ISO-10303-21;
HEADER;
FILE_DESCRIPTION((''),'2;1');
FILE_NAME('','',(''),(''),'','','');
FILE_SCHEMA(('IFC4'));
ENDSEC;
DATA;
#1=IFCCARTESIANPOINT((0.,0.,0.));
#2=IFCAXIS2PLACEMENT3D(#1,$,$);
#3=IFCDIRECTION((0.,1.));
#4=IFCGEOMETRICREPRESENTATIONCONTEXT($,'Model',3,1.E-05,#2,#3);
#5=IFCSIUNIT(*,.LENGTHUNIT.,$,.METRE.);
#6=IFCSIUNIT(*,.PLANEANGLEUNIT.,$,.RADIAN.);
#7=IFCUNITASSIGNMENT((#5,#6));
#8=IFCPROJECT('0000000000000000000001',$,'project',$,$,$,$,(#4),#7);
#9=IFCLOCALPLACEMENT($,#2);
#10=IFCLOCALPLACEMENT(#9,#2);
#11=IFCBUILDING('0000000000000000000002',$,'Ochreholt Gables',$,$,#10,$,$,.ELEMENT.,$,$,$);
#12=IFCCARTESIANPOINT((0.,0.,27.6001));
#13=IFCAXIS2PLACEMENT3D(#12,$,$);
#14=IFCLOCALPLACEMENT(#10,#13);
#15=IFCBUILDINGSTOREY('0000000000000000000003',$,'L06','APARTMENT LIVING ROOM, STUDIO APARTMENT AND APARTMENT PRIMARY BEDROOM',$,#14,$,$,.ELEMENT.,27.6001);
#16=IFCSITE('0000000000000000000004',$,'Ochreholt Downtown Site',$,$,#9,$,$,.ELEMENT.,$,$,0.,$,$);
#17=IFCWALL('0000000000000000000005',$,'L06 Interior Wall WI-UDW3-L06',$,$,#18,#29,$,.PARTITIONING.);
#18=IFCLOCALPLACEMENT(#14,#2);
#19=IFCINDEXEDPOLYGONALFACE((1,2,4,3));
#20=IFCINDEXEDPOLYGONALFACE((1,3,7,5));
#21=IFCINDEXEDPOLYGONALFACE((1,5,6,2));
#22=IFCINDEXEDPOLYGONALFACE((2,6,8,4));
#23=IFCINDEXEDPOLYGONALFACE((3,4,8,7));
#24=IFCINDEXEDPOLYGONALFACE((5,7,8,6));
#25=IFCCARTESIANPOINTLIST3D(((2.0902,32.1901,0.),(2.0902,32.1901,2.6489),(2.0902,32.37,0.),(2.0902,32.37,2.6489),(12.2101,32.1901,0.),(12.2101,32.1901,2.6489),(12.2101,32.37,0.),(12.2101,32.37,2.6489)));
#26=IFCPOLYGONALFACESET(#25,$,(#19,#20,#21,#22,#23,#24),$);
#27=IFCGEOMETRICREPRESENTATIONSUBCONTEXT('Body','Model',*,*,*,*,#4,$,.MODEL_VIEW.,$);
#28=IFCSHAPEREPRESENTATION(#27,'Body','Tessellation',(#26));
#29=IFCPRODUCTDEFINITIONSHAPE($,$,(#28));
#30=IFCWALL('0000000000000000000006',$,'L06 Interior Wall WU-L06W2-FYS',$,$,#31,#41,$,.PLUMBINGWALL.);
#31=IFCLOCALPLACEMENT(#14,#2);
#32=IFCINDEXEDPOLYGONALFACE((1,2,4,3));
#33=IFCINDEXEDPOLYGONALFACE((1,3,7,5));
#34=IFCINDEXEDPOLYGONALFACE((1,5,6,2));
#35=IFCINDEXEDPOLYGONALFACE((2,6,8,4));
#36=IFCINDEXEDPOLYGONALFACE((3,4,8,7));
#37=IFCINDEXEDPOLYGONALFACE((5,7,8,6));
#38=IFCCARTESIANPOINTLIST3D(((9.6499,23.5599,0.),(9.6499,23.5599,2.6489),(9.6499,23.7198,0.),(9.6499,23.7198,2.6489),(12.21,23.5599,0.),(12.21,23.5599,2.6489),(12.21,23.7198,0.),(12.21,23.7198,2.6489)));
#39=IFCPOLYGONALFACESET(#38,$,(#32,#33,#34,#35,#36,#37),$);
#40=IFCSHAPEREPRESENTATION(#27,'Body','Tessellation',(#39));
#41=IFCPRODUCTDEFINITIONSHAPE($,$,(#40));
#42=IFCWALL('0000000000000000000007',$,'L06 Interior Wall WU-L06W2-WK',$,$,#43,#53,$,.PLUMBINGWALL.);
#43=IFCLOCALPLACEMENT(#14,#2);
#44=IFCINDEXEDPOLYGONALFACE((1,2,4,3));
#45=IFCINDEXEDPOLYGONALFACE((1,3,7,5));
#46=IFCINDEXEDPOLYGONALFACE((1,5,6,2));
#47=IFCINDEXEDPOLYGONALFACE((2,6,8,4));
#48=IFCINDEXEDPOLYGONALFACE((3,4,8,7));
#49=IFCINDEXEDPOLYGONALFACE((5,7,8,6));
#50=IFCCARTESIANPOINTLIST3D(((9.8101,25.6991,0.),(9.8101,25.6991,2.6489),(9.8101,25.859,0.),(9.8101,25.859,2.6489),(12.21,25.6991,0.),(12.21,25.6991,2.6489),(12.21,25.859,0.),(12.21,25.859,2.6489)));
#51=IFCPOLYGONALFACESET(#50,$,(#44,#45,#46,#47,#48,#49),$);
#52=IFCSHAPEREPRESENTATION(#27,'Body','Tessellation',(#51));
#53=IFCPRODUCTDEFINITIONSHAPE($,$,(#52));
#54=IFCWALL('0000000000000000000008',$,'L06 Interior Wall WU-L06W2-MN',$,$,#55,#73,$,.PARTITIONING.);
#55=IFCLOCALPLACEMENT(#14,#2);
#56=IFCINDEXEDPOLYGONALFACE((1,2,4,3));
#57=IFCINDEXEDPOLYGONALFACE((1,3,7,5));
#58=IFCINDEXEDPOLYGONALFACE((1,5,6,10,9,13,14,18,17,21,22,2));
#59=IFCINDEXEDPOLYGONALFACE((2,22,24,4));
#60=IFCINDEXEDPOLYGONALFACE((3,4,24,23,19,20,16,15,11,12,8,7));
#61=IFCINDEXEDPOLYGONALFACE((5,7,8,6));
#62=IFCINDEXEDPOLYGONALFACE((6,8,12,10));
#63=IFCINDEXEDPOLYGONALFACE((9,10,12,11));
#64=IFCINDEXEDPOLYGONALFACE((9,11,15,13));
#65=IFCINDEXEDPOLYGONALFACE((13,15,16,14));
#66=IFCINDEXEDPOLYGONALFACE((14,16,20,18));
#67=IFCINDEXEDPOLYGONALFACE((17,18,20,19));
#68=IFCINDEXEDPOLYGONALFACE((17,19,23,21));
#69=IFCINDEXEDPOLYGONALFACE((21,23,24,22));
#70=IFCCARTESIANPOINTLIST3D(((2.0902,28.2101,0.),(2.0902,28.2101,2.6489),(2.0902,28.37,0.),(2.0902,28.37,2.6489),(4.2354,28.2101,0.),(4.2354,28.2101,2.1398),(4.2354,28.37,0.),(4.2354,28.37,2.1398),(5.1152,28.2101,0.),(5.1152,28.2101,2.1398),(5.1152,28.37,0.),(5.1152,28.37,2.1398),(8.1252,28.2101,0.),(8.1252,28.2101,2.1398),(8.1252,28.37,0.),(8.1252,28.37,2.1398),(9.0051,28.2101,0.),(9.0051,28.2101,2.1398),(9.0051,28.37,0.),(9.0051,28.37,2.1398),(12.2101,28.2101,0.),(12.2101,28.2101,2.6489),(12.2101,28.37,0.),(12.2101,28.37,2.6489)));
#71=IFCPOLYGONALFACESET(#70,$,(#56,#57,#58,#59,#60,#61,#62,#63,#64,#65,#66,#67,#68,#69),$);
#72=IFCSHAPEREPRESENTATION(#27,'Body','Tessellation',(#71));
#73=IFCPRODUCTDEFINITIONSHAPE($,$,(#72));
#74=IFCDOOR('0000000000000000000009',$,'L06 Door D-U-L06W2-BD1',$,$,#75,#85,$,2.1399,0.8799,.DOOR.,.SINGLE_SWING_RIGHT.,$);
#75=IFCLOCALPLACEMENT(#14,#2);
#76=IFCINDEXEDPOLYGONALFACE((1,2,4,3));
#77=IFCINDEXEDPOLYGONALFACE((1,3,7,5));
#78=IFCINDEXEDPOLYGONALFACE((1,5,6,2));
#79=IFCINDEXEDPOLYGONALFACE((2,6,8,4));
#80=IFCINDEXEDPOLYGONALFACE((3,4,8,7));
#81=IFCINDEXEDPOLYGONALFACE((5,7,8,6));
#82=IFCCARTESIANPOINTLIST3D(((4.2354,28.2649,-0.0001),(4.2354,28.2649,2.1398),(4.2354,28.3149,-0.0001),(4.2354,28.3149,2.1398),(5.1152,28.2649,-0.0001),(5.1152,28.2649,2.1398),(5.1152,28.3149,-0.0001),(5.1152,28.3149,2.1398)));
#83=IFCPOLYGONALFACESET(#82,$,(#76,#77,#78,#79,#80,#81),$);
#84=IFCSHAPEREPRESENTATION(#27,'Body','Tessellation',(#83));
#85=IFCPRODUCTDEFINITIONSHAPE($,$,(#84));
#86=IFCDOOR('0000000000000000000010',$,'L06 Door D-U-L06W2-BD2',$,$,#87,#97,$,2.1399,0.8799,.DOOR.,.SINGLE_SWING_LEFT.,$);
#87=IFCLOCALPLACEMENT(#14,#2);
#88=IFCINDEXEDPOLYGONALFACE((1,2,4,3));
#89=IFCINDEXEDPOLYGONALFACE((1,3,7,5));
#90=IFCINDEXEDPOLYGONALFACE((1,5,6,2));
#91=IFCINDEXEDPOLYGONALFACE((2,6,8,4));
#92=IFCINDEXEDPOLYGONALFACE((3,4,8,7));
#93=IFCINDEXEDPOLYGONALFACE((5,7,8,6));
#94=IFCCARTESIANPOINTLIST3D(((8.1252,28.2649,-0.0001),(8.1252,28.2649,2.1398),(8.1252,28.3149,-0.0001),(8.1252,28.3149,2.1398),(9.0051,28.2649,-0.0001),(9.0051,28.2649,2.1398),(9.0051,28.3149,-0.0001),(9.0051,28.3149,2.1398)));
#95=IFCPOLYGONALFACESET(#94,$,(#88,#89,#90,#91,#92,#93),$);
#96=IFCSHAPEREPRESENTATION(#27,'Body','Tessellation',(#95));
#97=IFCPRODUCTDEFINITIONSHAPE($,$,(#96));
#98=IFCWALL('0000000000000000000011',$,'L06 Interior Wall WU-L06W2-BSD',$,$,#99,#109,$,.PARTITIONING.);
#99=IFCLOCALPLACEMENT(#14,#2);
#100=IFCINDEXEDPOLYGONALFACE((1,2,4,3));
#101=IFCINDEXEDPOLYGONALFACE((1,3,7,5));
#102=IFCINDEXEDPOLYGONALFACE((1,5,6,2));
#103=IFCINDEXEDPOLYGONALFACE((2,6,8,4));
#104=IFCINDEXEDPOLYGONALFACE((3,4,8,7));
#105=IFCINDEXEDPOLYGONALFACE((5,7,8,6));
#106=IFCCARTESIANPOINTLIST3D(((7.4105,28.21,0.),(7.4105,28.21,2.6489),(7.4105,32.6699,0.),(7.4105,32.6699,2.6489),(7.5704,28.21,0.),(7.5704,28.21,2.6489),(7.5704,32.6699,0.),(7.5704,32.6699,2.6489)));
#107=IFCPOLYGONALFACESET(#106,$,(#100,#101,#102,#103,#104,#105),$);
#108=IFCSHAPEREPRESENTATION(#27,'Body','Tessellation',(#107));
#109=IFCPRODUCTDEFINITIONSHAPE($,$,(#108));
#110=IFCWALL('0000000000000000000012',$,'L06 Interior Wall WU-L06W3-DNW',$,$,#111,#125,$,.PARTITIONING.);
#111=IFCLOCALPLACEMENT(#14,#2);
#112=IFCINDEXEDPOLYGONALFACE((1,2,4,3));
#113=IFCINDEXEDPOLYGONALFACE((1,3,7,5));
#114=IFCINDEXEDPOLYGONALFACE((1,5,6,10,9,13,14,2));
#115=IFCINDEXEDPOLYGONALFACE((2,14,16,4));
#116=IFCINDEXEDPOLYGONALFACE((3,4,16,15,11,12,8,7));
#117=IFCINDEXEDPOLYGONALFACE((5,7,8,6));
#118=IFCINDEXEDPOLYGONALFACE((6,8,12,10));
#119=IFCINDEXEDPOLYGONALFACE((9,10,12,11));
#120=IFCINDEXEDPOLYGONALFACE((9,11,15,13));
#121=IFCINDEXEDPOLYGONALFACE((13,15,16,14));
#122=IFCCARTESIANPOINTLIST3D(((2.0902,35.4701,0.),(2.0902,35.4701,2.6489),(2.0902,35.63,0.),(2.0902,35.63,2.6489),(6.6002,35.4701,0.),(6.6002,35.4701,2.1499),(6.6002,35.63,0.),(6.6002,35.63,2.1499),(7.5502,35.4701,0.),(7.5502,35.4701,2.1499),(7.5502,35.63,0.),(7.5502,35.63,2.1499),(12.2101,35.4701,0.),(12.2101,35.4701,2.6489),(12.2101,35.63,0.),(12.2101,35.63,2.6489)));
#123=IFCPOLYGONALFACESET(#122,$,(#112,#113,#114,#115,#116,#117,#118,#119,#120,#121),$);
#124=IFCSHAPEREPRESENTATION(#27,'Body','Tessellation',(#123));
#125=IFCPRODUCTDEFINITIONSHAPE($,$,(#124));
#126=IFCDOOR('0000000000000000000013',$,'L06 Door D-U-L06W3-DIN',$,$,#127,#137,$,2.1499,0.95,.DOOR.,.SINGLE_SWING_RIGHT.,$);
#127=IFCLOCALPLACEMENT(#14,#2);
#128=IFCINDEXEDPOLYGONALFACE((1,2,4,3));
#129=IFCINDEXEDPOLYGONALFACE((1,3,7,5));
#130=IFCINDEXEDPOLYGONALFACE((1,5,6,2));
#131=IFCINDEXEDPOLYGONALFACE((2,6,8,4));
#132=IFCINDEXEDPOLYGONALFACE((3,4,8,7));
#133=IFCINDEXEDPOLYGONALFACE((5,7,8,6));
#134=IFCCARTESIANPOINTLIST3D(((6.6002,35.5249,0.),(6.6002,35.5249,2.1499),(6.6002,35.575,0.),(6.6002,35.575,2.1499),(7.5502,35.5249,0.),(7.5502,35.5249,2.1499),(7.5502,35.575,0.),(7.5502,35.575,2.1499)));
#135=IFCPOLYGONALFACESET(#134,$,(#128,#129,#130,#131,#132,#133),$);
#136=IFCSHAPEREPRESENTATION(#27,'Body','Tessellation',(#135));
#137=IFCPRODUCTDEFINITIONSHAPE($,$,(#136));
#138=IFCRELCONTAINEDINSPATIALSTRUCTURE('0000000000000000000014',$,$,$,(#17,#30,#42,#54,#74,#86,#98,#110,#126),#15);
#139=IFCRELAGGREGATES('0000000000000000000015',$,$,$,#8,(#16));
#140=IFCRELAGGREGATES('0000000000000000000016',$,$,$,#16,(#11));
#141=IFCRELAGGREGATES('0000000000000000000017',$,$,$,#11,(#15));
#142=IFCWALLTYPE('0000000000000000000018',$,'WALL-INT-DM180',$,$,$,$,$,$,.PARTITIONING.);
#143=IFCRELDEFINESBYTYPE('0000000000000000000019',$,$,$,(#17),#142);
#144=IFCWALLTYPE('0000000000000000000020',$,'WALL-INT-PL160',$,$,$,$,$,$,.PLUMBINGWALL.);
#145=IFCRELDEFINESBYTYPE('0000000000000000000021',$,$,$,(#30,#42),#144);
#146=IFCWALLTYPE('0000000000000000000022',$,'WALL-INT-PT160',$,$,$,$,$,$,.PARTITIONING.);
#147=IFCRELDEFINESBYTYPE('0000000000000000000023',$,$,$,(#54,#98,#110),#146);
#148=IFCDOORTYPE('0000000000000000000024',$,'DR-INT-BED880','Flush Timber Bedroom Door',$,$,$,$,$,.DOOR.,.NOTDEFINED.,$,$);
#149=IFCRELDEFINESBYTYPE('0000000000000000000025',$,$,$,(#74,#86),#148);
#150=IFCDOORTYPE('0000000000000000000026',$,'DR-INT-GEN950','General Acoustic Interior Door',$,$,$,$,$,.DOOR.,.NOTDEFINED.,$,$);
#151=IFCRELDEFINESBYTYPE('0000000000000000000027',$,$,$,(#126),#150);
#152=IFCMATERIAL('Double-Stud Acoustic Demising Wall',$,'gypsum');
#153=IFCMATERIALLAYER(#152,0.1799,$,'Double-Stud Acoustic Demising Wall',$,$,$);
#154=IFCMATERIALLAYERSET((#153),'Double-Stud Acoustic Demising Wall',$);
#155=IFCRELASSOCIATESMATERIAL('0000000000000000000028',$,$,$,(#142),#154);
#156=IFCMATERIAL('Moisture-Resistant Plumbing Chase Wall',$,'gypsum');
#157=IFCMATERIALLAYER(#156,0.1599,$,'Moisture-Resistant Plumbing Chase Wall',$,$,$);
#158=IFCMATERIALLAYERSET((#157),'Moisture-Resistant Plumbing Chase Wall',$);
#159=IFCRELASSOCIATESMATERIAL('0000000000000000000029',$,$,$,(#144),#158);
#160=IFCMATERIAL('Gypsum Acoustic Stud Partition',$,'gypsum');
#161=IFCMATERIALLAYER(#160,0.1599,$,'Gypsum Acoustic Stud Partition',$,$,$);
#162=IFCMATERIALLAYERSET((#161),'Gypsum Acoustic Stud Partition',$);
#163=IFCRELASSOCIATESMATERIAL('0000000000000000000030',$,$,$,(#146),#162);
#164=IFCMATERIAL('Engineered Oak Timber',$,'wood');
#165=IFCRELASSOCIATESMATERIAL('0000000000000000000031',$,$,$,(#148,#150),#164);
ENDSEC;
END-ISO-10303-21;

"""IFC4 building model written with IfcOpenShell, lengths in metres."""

from ifc_helpers import new_model, si_unit, direction, frame, frame_2d, origin, place, context, subcontext, project, spatial, rectangle, extrude, material, layer, layer_set, type_object, element, fill, save


model = new_model("IFC4")

# Units and contexts
model_context = context("Model", 3, precision=1e-05, world=origin(), true_north=direction((0.0, 1.0)))
body_context = subcontext(model_context, "Body", "Model", "MODEL_VIEW")
ifc_project = project(units=[si_unit("LENGTHUNIT", "METRE"), si_unit("PLANEANGLEUNIT", "RADIAN")], contexts=[model_context])

# Site, building, storey
site_placement = place(None, origin())
site = spatial("IfcSite", under=ifc_project, at=site_placement, Name="Ochreholt Downtown Site", CompositionType="ELEMENT", RefElevation=0.0)
building_placement = place(site_placement, origin())
building = spatial("IfcBuilding", under=site, at=building_placement, Name="Ochreholt Gables", CompositionType="ELEMENT")
storey_placement = place(building_placement, frame((0.0, 0.0, 27.6001)))
storey = spatial("IfcBuildingStorey", under=building, at=storey_placement, Name="L06", Description="APARTMENT LIVING ROOM, STUDIO APARTMENT AND APARTMENT PRIMARY BEDROOM", CompositionType="ELEMENT", Elevation=27.6001)

# Walls
ifc_material_1 = material(Name="Double-Stud Acoustic Demising Wall", Category="gypsum")
ifc_layer_1 = layer(ifc_material_1, 0.1799, Name="Double-Stud Acoustic Demising Wall")
ifc_layer_set_1 = layer_set([ifc_layer_1], Name="Double-Stud Acoustic Demising Wall")
wall_type_1 = type_object("IfcWallType", Name="WALL-INT-DM180", PredefinedType="PARTITIONING", material=ifc_layer_set_1)
wall_1_placement = place(storey_placement, frame((2.0901, 32.28, 0.0), z_axis=(0.0, 0.0, 1.0), x_axis=(1.0, 0.0, 0.0)))
element("IfcWall", 1, at=wall_1_placement, inside=storey, type_object=wall_type_1, Name="L06 Interior Wall WI-UDW3-L06", PredefinedType="PARTITIONING", context=body_context, shape_type="SweptSolid", body=[
    extrude(rectangle(XDim=10.1199, YDim=0.1799, at=frame_2d((5.0601, 0.0))), origin(), (0.0, 0.0, 1.0), 2.6489),
])
ifc_material_2 = material(Name="Moisture-Resistant Plumbing Chase Wall", Category="gypsum")
ifc_layer_2 = layer(ifc_material_2, 0.1599, Name="Moisture-Resistant Plumbing Chase Wall")
ifc_layer_set_2 = layer_set([ifc_layer_2], Name="Moisture-Resistant Plumbing Chase Wall")
wall_type_2 = type_object("IfcWallType", Name="WALL-INT-PL160", PredefinedType="PLUMBINGWALL", material=ifc_layer_set_2)
wall_2_placement = place(storey_placement, frame((9.6499, 23.6399, 0.0), z_axis=(0.0, 0.0, 1.0), x_axis=(1.0, 0.0, 0.0)))
element("IfcWall", 2, at=wall_2_placement, inside=storey, type_object=wall_type_2, Name="L06 Interior Wall WU-L06W2-FYS", PredefinedType="PLUMBINGWALL", context=body_context, shape_type="SweptSolid", body=[
    extrude(rectangle(XDim=2.5601, YDim=0.1599, at=frame_2d((1.28, 0.0))), origin(), (0.0, 0.0, 1.0), 2.6489),
])

# Shared definitions
ifc_material_3 = material(Name="Engineered Oak Timber", Category="wood")

# Wall
wall_3_placement = place(storey_placement, frame((9.8101, 25.7791, 0.0), z_axis=(0.0, 0.0, 1.0), x_axis=(1.0, 0.0, 0.0)))
element("IfcWall", 3, at=wall_3_placement, inside=storey, type_object=wall_type_2, Name="L06 Interior Wall WU-L06W2-WK", PredefinedType="PLUMBINGWALL", context=body_context, shape_type="SweptSolid", body=[
    extrude(rectangle(XDim=2.3999, YDim=0.1599, at=frame_2d((1.2, 0.0))), origin(), (0.0, 0.0, 1.0), 2.6489),
])

# Wall, openings, doors
ifc_material_4 = material(Name="Gypsum Acoustic Stud Partition", Category="gypsum")
ifc_layer_3 = layer(ifc_material_4, 0.1599, Name="Gypsum Acoustic Stud Partition")
ifc_layer_set_3 = layer_set([ifc_layer_3], Name="Gypsum Acoustic Stud Partition")
wall_type_3 = type_object("IfcWallType", Name="WALL-INT-PT160", PredefinedType="PARTITIONING", material=ifc_layer_set_3)
wall_4_placement = place(storey_placement, frame((2.0901, 28.29, 0.0), z_axis=(0.0, 0.0, 1.0), x_axis=(1.0, 0.0, 0.0)))
wall_4 = element("IfcWall", 4, at=wall_4_placement, inside=storey, type_object=wall_type_3, Name="L06 Interior Wall WU-L06W2-MN", PredefinedType="PARTITIONING", context=body_context, shape_type="SweptSolid", body=[
    extrude(rectangle(XDim=10.1199, YDim=0.1599, at=frame_2d((5.0601, 0.0))), origin(), (0.0, 0.0, 1.0), 2.6489),
])
opening_1_placement = place(wall_4_placement, frame((2.1453, 0.0, 0.0)))
opening_1 = element("IfcOpeningElement", 5, at=opening_1_placement, cuts=wall_4, PredefinedType="OPENING", context=body_context, shape_type="SweptSolid", body=[
    extrude(rectangle(XDim=0.8799, YDim=2.1399, at=frame_2d((0.4399, 1.0698))), frame((0.0, 0.0898, 0.0), z_axis=(0.0, -1.0, 0.0), x_axis=(1.0, 0.0, 0.0)), (0.0, 0.0, 1.0), 0.1799),
])
opening_2_placement = place(wall_4_placement, frame((6.0352, 0.0, 0.0)))
opening_2 = element("IfcOpeningElement", 6, at=opening_2_placement, cuts=wall_4, PredefinedType="OPENING", context=body_context, shape_type="SweptSolid", body=[
    extrude(rectangle(XDim=0.8799, YDim=2.1399, at=frame_2d((0.4399, 1.0698))), frame((0.0, 0.0898, 0.0), z_axis=(0.0, -1.0, 0.0), x_axis=(1.0, 0.0, 0.0)), (0.0, 0.0, 1.0), 0.1799),
])
door_type_1 = type_object("IfcDoorType", Name="DR-INT-BED880", Description="Flush Timber Bedroom Door", OperationType="NOTDEFINED", PredefinedType="DOOR", material=ifc_material_3)
door_1_placement = place(opening_1_placement, origin())
door_1 = element("IfcDoor", 7, at=door_1_placement, inside=storey, type_object=door_type_1, Name="L06 Door D-U-L06W2-BD1", OperationType="SINGLE_SWING_RIGHT", OverallHeight=2.1399, OverallWidth=0.8799, PredefinedType="DOOR", context=body_context, shape_type="SweptSolid", body=[
    extrude(rectangle(XDim=0.8799, YDim=2.1399, at=frame_2d((0.4399, 1.0698))), frame((0.0, 0.0249, 0.0), z_axis=(0.0, -1.0, 0.0), x_axis=(1.0, 0.0, 0.0)), (0.0, 0.0, 1.0), 0.05),
])
fill(opening_1, door_1)
door_2_placement = place(opening_2_placement, origin())
door_2 = element("IfcDoor", 8, at=door_2_placement, inside=storey, type_object=door_type_1, Name="L06 Door D-U-L06W2-BD2", OperationType="SINGLE_SWING_LEFT", OverallHeight=2.1399, OverallWidth=0.8799, PredefinedType="DOOR", context=body_context, shape_type="SweptSolid", body=[
    extrude(rectangle(XDim=0.8799, YDim=2.1399, at=frame_2d((0.4399, 1.0698))), frame((0.0, 0.0249, 0.0), z_axis=(0.0, -1.0, 0.0), x_axis=(1.0, 0.0, 0.0)), (0.0, 0.0, 1.0), 0.05),
])
fill(opening_2, door_2)

# Wall
wall_5_placement = place(storey_placement, frame((7.4905, 28.21, 0.0), z_axis=(0.0, 0.0, 1.0), x_axis=(0.0, 1.0, 0.0)))
element("IfcWall", 9, at=wall_5_placement, inside=storey, type_object=wall_type_3, Name="L06 Interior Wall WU-L06W2-BSD", PredefinedType="PARTITIONING", context=body_context, shape_type="SweptSolid", body=[
    extrude(rectangle(XDim=4.46, YDim=0.1599, at=frame_2d((2.23, 0.0))), origin(), (0.0, 0.0, 1.0), 2.6489),
])

# Wall, opening, door
wall_6_placement = place(storey_placement, frame((2.0901, 35.55, 0.0), z_axis=(0.0, 0.0, 1.0), x_axis=(1.0, 0.0, 0.0)))
wall_6 = element("IfcWall", 10, at=wall_6_placement, inside=storey, type_object=wall_type_3, Name="L06 Interior Wall WU-L06W3-DNW", PredefinedType="PARTITIONING", context=body_context, shape_type="SweptSolid", body=[
    extrude(rectangle(XDim=10.1199, YDim=0.1599, at=frame_2d((5.0601, 0.0))), origin(), (0.0, 0.0, 1.0), 2.6489),
])
opening_3_placement = place(wall_6_placement, frame((4.51, 0.0, 0.0)))
opening_3 = element("IfcOpeningElement", 11, at=opening_3_placement, cuts=wall_6, PredefinedType="OPENING", context=body_context, shape_type="SweptSolid", body=[
    extrude(rectangle(XDim=0.95, YDim=2.1499, at=frame_2d((0.4751, 1.075))), frame((0.0, 0.0898, 0.0), z_axis=(0.0, -1.0, 0.0), x_axis=(1.0, 0.0, 0.0)), (0.0, 0.0, 1.0), 0.1799),
])
door_type_2 = type_object("IfcDoorType", Name="DR-INT-GEN950", Description="General Acoustic Interior Door", OperationType="NOTDEFINED", PredefinedType="DOOR", material=ifc_material_3)
door_3_placement = place(opening_3_placement, origin())
door_3 = element("IfcDoor", 12, at=door_3_placement, inside=storey, type_object=door_type_2, Name="L06 Door D-U-L06W3-DIN", OperationType="SINGLE_SWING_RIGHT", OverallHeight=2.1499, OverallWidth=0.95, PredefinedType="DOOR", context=body_context, shape_type="SweptSolid", body=[
    extrude(rectangle(XDim=0.95, YDim=2.1499, at=frame_2d((0.4751, 1.075))), frame((0.0, 0.0249, 0.0), z_axis=(0.0, -1.0, 0.0), x_axis=(1.0, 0.0, 0.0)), (0.0, 0.0, 1.0), 0.05),
])
fill(opening_3, door_3)

save(model, "model.ifc")
